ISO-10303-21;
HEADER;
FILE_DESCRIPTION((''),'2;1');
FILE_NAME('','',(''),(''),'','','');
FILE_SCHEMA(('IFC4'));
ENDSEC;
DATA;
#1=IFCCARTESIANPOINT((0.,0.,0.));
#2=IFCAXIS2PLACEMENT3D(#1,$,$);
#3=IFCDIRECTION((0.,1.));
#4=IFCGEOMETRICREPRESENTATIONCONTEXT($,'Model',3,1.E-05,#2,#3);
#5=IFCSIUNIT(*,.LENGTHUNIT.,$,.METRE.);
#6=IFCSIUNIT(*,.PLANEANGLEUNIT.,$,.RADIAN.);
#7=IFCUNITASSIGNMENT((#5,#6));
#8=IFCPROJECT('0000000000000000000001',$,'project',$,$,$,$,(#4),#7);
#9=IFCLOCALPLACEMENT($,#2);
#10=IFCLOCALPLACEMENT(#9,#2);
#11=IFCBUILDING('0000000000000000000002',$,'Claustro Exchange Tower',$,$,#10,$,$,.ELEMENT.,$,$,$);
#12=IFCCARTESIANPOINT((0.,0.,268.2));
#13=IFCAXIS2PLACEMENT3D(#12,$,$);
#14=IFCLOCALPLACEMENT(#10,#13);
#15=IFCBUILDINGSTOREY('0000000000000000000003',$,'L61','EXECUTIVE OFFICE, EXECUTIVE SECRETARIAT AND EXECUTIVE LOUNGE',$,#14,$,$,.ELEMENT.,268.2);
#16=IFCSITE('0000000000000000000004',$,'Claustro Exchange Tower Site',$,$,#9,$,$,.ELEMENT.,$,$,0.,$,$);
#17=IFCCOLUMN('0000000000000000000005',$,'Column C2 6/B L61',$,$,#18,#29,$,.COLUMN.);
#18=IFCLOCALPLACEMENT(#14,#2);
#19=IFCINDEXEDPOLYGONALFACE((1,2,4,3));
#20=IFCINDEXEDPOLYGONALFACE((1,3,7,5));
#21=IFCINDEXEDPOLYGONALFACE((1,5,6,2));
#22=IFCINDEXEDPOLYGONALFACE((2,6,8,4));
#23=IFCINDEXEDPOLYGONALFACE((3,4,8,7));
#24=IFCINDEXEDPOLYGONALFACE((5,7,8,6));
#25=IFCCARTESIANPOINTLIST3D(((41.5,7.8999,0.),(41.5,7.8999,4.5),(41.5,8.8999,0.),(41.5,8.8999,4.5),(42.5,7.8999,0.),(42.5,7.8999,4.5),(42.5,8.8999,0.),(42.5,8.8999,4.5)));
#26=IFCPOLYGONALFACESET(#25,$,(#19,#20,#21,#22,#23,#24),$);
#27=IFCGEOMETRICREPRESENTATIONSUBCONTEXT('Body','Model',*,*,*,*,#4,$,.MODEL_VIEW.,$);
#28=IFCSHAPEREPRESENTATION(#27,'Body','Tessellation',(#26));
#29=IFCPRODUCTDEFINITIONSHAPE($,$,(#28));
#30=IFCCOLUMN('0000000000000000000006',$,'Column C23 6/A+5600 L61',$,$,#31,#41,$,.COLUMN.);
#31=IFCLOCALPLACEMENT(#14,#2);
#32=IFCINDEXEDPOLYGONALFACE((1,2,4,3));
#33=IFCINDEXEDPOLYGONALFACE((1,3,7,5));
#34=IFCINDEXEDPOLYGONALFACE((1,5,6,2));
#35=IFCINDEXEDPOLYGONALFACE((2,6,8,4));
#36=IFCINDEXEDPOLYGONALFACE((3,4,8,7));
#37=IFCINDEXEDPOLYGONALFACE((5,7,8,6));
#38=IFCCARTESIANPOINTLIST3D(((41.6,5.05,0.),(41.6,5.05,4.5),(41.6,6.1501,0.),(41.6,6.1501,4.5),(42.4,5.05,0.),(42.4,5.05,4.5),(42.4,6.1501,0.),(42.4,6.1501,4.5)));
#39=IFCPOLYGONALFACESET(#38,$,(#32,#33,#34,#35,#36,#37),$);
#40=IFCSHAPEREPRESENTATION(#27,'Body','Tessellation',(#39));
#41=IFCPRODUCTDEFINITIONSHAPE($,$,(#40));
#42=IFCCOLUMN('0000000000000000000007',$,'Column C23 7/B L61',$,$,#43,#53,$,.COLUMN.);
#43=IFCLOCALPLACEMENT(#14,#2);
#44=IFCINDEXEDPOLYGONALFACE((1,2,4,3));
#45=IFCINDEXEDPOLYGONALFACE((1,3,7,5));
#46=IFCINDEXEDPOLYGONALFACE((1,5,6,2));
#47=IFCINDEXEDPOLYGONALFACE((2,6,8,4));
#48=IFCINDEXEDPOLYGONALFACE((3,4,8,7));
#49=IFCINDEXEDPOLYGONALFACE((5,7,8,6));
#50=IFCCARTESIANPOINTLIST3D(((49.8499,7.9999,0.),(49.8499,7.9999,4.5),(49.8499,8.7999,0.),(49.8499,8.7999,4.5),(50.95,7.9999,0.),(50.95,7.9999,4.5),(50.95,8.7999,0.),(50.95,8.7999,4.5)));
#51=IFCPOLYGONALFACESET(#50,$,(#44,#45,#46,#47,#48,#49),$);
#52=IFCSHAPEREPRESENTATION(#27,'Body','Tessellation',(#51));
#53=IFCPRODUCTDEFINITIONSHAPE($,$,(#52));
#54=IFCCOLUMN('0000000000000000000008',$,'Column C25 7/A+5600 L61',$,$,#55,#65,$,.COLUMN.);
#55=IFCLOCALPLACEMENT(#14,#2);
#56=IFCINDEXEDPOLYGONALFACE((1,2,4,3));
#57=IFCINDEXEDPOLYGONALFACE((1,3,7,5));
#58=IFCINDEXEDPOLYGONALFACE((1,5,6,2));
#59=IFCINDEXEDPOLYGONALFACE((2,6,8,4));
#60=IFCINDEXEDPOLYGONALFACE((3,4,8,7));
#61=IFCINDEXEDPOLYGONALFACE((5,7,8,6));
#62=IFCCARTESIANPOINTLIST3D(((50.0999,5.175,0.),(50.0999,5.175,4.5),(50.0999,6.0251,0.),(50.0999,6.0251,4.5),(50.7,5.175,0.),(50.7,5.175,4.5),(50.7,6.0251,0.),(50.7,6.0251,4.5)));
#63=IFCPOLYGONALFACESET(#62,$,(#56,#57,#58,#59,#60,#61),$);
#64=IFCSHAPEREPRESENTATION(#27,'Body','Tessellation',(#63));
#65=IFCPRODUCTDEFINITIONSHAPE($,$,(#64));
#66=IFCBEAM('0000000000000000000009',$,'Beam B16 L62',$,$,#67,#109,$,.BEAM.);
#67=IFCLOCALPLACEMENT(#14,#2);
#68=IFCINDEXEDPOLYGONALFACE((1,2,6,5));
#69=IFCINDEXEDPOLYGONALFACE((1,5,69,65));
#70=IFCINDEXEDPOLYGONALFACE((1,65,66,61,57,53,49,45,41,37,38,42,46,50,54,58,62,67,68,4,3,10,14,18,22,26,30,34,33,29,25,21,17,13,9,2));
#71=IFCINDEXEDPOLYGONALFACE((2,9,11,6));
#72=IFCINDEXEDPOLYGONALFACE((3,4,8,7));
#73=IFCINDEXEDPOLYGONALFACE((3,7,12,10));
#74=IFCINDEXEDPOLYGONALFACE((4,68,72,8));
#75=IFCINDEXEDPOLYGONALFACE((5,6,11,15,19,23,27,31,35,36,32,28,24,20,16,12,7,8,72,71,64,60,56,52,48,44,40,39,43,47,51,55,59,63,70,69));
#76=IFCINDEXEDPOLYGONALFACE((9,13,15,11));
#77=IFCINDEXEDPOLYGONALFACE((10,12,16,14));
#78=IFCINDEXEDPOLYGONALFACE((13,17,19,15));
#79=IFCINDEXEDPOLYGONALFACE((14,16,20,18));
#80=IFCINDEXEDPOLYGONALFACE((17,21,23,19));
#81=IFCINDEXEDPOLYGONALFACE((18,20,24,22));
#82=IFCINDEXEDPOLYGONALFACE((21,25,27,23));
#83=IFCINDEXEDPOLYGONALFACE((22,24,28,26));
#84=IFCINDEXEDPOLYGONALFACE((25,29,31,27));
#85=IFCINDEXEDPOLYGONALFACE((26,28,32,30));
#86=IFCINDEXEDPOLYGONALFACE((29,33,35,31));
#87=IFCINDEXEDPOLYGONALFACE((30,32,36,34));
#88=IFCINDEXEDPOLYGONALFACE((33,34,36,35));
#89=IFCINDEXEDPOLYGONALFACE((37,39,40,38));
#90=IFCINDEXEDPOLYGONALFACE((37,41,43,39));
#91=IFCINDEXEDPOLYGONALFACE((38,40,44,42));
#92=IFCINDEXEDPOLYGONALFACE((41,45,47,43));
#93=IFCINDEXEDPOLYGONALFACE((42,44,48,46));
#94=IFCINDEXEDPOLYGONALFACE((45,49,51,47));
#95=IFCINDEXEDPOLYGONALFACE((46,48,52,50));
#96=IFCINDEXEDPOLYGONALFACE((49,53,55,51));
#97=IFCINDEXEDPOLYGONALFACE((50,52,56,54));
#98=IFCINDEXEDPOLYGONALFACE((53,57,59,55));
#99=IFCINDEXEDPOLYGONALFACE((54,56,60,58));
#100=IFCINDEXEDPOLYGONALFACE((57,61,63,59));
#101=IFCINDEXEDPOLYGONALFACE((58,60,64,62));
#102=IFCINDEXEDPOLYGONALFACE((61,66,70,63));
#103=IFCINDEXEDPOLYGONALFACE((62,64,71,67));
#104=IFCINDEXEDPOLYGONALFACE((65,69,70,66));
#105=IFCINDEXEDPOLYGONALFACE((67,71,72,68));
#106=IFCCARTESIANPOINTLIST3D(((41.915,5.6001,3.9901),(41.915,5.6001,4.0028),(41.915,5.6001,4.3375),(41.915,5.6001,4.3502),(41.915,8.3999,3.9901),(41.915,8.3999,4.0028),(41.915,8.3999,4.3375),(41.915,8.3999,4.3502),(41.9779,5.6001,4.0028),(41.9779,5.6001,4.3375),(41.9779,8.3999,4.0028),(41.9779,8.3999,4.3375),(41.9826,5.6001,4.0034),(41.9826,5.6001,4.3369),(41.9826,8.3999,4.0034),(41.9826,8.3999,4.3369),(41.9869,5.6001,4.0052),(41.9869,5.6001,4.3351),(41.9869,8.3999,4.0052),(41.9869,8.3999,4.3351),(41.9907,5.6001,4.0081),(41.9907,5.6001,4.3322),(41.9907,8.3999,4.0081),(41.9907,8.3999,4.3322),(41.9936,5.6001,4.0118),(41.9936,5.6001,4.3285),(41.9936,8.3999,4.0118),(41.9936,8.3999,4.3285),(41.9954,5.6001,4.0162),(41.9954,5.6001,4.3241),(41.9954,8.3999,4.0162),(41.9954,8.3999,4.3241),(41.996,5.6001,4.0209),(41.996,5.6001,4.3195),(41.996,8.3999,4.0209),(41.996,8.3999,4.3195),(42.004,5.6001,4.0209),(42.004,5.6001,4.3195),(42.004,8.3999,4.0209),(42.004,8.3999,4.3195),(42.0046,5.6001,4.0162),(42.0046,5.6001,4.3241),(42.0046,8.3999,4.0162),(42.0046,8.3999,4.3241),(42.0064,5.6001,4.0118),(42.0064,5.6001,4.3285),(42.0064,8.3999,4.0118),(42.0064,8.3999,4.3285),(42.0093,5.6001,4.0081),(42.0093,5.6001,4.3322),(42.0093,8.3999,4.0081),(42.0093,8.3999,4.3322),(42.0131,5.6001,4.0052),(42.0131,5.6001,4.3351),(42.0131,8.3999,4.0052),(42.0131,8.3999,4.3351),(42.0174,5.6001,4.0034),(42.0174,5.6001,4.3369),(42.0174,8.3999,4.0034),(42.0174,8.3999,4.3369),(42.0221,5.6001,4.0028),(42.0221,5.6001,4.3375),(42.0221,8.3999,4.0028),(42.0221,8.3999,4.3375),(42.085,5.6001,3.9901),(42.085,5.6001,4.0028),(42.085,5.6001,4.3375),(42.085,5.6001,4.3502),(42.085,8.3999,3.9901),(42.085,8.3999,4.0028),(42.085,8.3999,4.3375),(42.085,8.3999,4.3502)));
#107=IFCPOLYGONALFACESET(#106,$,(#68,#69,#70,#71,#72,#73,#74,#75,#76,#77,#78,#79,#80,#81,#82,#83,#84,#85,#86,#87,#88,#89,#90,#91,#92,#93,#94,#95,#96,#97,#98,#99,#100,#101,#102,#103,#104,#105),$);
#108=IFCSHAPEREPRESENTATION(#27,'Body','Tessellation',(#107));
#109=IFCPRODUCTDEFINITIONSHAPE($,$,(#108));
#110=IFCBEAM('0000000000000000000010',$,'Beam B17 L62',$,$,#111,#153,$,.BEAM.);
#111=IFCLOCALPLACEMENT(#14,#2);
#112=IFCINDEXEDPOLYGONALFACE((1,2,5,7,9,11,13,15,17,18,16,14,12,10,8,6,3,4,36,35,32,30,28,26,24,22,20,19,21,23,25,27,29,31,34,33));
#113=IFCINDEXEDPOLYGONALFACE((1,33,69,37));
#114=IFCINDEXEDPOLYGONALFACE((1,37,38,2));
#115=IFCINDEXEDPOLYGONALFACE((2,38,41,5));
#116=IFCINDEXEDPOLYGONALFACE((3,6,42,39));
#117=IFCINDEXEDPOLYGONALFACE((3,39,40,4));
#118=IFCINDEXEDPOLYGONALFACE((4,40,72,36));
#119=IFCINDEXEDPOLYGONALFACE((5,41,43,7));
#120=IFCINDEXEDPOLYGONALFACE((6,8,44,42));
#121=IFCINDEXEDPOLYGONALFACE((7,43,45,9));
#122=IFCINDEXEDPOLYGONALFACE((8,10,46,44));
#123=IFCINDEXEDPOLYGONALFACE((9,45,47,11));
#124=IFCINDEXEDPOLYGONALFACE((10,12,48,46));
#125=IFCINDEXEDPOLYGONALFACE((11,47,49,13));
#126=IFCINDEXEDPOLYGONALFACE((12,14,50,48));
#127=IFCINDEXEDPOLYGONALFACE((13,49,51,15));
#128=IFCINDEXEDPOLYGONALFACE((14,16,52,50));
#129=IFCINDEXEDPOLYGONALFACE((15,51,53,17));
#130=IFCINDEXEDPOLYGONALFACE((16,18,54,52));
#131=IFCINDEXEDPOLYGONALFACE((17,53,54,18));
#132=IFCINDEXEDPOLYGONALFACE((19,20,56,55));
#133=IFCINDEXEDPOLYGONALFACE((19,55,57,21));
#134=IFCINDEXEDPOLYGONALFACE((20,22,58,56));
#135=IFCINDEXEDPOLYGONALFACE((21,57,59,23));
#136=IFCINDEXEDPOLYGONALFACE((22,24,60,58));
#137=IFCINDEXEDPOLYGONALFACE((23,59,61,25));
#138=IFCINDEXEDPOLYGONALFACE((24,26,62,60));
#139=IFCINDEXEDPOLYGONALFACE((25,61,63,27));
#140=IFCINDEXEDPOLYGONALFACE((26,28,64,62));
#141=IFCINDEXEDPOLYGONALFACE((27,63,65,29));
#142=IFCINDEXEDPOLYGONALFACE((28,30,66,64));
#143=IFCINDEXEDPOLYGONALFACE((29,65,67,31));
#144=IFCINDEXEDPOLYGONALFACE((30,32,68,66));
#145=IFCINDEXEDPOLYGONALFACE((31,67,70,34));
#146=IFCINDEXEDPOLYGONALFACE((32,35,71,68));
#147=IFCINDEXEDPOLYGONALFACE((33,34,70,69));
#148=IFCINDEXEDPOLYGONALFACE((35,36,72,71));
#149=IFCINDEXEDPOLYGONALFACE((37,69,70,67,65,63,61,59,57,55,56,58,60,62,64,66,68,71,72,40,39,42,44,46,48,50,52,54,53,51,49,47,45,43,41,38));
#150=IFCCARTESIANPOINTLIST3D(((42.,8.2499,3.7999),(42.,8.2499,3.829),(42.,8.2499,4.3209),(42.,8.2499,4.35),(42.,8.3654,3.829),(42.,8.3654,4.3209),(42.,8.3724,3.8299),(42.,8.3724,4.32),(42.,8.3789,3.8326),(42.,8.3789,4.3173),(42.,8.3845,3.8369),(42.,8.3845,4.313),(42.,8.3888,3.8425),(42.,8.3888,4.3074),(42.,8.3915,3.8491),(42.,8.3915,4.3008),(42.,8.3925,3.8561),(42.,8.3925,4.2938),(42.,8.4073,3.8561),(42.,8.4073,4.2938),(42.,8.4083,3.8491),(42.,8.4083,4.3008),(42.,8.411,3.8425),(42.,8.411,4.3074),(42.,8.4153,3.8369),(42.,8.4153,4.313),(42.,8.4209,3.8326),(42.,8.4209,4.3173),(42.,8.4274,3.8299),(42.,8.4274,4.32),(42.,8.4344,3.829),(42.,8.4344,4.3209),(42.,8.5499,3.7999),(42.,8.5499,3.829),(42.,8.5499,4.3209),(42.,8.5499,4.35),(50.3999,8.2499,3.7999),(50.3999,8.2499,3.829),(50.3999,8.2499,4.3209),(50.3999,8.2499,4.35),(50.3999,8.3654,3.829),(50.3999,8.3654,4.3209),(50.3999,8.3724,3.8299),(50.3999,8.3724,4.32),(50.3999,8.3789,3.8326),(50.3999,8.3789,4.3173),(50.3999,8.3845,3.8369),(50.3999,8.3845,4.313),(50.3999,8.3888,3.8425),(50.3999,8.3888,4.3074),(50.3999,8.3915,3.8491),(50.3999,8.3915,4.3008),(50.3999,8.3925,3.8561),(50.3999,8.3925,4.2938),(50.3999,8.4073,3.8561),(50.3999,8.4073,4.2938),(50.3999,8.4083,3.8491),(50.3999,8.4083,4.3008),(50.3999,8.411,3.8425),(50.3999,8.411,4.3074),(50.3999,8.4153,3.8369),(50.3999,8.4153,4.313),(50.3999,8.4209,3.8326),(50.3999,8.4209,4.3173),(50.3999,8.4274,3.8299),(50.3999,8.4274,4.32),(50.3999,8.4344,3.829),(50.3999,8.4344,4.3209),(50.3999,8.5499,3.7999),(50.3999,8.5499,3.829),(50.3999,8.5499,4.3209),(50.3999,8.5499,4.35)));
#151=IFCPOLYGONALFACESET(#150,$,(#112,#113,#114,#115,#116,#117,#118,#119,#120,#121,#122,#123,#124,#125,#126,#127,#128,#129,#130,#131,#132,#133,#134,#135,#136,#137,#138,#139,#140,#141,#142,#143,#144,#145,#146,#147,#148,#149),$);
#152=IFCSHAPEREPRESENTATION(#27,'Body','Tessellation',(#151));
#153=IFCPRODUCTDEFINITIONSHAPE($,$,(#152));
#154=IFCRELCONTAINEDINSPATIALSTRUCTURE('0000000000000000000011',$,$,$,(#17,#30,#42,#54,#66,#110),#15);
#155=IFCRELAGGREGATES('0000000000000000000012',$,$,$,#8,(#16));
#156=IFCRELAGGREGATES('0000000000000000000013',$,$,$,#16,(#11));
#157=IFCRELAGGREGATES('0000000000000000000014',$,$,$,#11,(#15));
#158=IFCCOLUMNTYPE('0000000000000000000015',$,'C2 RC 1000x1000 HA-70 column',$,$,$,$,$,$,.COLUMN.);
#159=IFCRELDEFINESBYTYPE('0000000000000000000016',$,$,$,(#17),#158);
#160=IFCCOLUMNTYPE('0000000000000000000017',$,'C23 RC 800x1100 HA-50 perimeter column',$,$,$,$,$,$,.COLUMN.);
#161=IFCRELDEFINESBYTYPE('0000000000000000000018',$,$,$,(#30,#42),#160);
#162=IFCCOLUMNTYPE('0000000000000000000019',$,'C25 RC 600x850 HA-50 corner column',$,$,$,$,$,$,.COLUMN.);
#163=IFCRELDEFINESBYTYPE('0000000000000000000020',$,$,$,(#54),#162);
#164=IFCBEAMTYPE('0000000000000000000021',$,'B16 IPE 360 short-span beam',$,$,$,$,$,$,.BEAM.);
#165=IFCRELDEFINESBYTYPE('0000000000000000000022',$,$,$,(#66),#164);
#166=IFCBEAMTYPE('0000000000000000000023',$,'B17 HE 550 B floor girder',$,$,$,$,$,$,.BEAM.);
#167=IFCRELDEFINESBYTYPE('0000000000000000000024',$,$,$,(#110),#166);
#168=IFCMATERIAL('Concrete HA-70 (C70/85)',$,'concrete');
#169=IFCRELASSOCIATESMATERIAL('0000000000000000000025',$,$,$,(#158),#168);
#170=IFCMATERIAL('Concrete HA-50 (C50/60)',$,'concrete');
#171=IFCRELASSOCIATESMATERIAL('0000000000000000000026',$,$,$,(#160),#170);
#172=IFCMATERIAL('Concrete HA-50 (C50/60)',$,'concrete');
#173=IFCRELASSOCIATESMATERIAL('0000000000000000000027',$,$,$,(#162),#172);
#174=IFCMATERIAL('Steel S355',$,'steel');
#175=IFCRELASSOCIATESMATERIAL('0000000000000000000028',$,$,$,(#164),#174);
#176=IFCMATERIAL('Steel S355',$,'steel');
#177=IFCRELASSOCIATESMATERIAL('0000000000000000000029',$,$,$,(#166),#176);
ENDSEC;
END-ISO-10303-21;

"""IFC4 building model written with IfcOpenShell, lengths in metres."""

from ifc_helpers import new_model, si_unit, direction, frame, origin, origin_2d, place, context, subcontext, project, spatial, rectangle, i_section, extrude, material, material_profile, profile_set, type_object, element, save


model = new_model("IFC4")

# Units and contexts
model_context = context("Model", 3, precision=1e-05, world=origin(), true_north=direction((0.0, 1.0)))
body_context = subcontext(model_context, "Body", "Model", "MODEL_VIEW")
ifc_project = project(units=[si_unit("LENGTHUNIT", "METRE"), si_unit("PLANEANGLEUNIT", "RADIAN")], contexts=[model_context])

# Site, building, storey
site_placement = place(None, origin())
site = spatial("IfcSite", under=ifc_project, at=site_placement, Name="Claustro Exchange Tower Site", CompositionType="ELEMENT", RefElevation=0.0)
building_placement = place(site_placement, origin())
building = spatial("IfcBuilding", under=site, at=building_placement, Name="Claustro Exchange Tower", CompositionType="ELEMENT")
storey_placement = place(building_placement, frame((0.0, 0.0, 268.2)))
storey = spatial("IfcBuildingStorey", under=building, at=storey_placement, Name="L61", Description="EXECUTIVE OFFICE, EXECUTIVE SECRETARIAT AND EXECUTIVE LOUNGE", CompositionType="ELEMENT", Elevation=268.2)

# Columns
ifc_material_1 = material(Name="Concrete HA-70 (C70/85)", Category="concrete")
ifc_material_profile_1 = material_profile(ifc_material_1, rectangle(XDim=1.0, YDim=1.0, at=origin_2d()), Name="RC 1000x1000")
ifc_profile_set_1 = profile_set([ifc_material_profile_1], Name="Concrete HA-70 (C70/85)")
column_type_1 = type_object("IfcColumnType", Name="C2 RC 1000x1000 HA-70 column", PredefinedType="COLUMN", material=ifc_profile_set_1)
column_1_placement = place(storey_placement, frame((42.0, 8.3999, 0.0), z_axis=(0.0, 0.0, 1.0), x_axis=(1.0, 0.0, 0.0)))
element("IfcColumn", 1, at=column_1_placement, inside=storey, type_object=column_type_1, Name="Column C2 6/B L61", PredefinedType="COLUMN", context=body_context, shape_type="SweptSolid", body=[
    extrude(rectangle(XDim=1.0, YDim=1.0, at=origin_2d()), origin(), (0.0, 0.0, 1.0), 4.5),
])
ifc_material_2 = material(Name="Concrete HA-50 (C50/60)", Category="concrete")
ifc_material_profile_2 = material_profile(ifc_material_2, rectangle(XDim=0.8, YDim=1.1001, at=origin_2d()), Name="RC 800x1100")
ifc_profile_set_2 = profile_set([ifc_material_profile_2], Name="Concrete HA-50 (C50/60)")
column_type_2 = type_object("IfcColumnType", Name="C23 RC 800x1100 HA-50 perimeter column", PredefinedType="COLUMN", material=ifc_profile_set_2)
for number, where, z_axis, x_axis, name in (
    (2, (42.0, 5.6001, 0.0), (0.0, 0.0, 1.0), (1.0, 0.0, 0.0), "Column C23 6/A+5600 L61"),
    (3, (50.3999, 8.3999, 0.0), (0.0, 0.0, 1.0), (0.0, 1.0, 0.0), "Column C23 7/B L61"),
):
    element("IfcColumn", number, at=place(storey_placement, frame(where, z_axis=z_axis, x_axis=x_axis)), inside=storey, type_object=column_type_2, Name=name, PredefinedType="COLUMN", context=body_context, shape_type="SweptSolid", body=[
        extrude(rectangle(XDim=0.8, YDim=1.1001, at=origin_2d()), origin(), (0.0, 0.0, 1.0), 4.5),
    ])
ifc_material_3 = material(Name="Concrete HA-50 (C50/60)", Category="concrete")
ifc_material_profile_3 = material_profile(ifc_material_3, rectangle(XDim=0.6001, YDim=0.8501, at=origin_2d()), Name="RC 600x850")
ifc_profile_set_3 = profile_set([ifc_material_profile_3], Name="Concrete HA-50 (C50/60)")
column_type_3 = type_object("IfcColumnType", Name="C25 RC 600x850 HA-50 corner column", PredefinedType="COLUMN", material=ifc_profile_set_3)
column_2_placement = place(storey_placement, frame((50.3999, 5.6001, 0.0), z_axis=(0.0, 0.0, 1.0), x_axis=(1.0, 0.0, 0.0)))
element("IfcColumn", 4, at=column_2_placement, inside=storey, type_object=column_type_3, Name="Column C25 7/A+5600 L61", PredefinedType="COLUMN", context=body_context, shape_type="SweptSolid", body=[
    extrude(rectangle(XDim=0.6001, YDim=0.8501, at=origin_2d()), origin(), (0.0, 0.0, 1.0), 4.5),
])

# Beams
ifc_material_4 = material(Name="Steel S355", Category="steel")
ifc_material_profile_4 = material_profile(ifc_material_4, i_section(OverallWidth=0.1699, OverallDepth=0.3601, WebThickness=0.0081, FlangeThickness=0.0127, FilletRadius=0.0181, at=origin_2d()), Name="IPE 360")
ifc_profile_set_4 = profile_set([ifc_material_profile_4], Name="Steel S355")
beam_type_1 = type_object("IfcBeamType", Name="B16 IPE 360 short-span beam", PredefinedType="BEAM", material=ifc_profile_set_4)
beam_1_placement = place(storey_placement, frame((42.0, 5.6001, 4.1702), z_axis=(0.0, 1.0, 0.0), x_axis=(-1.0, 0.0, 0.0)))
element("IfcBeam", 5, at=beam_1_placement, inside=storey, type_object=beam_type_1, Name="Beam B16 L62", PredefinedType="BEAM", context=body_context, shape_type="SweptSolid", body=[
    extrude(i_section(OverallWidth=0.1699, OverallDepth=0.3601, WebThickness=0.0081, FlangeThickness=0.0127, FilletRadius=0.0181, at=origin_2d()), origin(), (0.0, 0.0, 1.0), 2.7998),
])
ifc_material_5 = material(Name="Steel S355", Category="steel")
ifc_material_profile_5 = material_profile(ifc_material_5, i_section(OverallWidth=0.3, OverallDepth=0.55, WebThickness=0.0149, FlangeThickness=0.0291, FilletRadius=0.0271, at=origin_2d()), Name="HE 550 B")
ifc_profile_set_5 = profile_set([ifc_material_profile_5], Name="Steel S355")
beam_type_2 = type_object("IfcBeamType", Name="B17 HE 550 B floor girder", PredefinedType="BEAM", material=ifc_profile_set_5)
beam_2_placement = place(storey_placement, frame((42.0, 8.3999, 4.075), z_axis=(1.0, 0.0, 0.0), x_axis=(0.0, 1.0, 0.0)))
element("IfcBeam", 6, at=beam_2_placement, inside=storey, type_object=beam_type_2, Name="Beam B17 L62", PredefinedType="BEAM", context=body_context, shape_type="SweptSolid", body=[
    extrude(i_section(OverallWidth=0.3, OverallDepth=0.55, WebThickness=0.0149, FlangeThickness=0.0291, FilletRadius=0.0271, at=origin_2d()), origin(), (0.0, 0.0, 1.0), 8.3999),
])

save(model, "model.ifc")
